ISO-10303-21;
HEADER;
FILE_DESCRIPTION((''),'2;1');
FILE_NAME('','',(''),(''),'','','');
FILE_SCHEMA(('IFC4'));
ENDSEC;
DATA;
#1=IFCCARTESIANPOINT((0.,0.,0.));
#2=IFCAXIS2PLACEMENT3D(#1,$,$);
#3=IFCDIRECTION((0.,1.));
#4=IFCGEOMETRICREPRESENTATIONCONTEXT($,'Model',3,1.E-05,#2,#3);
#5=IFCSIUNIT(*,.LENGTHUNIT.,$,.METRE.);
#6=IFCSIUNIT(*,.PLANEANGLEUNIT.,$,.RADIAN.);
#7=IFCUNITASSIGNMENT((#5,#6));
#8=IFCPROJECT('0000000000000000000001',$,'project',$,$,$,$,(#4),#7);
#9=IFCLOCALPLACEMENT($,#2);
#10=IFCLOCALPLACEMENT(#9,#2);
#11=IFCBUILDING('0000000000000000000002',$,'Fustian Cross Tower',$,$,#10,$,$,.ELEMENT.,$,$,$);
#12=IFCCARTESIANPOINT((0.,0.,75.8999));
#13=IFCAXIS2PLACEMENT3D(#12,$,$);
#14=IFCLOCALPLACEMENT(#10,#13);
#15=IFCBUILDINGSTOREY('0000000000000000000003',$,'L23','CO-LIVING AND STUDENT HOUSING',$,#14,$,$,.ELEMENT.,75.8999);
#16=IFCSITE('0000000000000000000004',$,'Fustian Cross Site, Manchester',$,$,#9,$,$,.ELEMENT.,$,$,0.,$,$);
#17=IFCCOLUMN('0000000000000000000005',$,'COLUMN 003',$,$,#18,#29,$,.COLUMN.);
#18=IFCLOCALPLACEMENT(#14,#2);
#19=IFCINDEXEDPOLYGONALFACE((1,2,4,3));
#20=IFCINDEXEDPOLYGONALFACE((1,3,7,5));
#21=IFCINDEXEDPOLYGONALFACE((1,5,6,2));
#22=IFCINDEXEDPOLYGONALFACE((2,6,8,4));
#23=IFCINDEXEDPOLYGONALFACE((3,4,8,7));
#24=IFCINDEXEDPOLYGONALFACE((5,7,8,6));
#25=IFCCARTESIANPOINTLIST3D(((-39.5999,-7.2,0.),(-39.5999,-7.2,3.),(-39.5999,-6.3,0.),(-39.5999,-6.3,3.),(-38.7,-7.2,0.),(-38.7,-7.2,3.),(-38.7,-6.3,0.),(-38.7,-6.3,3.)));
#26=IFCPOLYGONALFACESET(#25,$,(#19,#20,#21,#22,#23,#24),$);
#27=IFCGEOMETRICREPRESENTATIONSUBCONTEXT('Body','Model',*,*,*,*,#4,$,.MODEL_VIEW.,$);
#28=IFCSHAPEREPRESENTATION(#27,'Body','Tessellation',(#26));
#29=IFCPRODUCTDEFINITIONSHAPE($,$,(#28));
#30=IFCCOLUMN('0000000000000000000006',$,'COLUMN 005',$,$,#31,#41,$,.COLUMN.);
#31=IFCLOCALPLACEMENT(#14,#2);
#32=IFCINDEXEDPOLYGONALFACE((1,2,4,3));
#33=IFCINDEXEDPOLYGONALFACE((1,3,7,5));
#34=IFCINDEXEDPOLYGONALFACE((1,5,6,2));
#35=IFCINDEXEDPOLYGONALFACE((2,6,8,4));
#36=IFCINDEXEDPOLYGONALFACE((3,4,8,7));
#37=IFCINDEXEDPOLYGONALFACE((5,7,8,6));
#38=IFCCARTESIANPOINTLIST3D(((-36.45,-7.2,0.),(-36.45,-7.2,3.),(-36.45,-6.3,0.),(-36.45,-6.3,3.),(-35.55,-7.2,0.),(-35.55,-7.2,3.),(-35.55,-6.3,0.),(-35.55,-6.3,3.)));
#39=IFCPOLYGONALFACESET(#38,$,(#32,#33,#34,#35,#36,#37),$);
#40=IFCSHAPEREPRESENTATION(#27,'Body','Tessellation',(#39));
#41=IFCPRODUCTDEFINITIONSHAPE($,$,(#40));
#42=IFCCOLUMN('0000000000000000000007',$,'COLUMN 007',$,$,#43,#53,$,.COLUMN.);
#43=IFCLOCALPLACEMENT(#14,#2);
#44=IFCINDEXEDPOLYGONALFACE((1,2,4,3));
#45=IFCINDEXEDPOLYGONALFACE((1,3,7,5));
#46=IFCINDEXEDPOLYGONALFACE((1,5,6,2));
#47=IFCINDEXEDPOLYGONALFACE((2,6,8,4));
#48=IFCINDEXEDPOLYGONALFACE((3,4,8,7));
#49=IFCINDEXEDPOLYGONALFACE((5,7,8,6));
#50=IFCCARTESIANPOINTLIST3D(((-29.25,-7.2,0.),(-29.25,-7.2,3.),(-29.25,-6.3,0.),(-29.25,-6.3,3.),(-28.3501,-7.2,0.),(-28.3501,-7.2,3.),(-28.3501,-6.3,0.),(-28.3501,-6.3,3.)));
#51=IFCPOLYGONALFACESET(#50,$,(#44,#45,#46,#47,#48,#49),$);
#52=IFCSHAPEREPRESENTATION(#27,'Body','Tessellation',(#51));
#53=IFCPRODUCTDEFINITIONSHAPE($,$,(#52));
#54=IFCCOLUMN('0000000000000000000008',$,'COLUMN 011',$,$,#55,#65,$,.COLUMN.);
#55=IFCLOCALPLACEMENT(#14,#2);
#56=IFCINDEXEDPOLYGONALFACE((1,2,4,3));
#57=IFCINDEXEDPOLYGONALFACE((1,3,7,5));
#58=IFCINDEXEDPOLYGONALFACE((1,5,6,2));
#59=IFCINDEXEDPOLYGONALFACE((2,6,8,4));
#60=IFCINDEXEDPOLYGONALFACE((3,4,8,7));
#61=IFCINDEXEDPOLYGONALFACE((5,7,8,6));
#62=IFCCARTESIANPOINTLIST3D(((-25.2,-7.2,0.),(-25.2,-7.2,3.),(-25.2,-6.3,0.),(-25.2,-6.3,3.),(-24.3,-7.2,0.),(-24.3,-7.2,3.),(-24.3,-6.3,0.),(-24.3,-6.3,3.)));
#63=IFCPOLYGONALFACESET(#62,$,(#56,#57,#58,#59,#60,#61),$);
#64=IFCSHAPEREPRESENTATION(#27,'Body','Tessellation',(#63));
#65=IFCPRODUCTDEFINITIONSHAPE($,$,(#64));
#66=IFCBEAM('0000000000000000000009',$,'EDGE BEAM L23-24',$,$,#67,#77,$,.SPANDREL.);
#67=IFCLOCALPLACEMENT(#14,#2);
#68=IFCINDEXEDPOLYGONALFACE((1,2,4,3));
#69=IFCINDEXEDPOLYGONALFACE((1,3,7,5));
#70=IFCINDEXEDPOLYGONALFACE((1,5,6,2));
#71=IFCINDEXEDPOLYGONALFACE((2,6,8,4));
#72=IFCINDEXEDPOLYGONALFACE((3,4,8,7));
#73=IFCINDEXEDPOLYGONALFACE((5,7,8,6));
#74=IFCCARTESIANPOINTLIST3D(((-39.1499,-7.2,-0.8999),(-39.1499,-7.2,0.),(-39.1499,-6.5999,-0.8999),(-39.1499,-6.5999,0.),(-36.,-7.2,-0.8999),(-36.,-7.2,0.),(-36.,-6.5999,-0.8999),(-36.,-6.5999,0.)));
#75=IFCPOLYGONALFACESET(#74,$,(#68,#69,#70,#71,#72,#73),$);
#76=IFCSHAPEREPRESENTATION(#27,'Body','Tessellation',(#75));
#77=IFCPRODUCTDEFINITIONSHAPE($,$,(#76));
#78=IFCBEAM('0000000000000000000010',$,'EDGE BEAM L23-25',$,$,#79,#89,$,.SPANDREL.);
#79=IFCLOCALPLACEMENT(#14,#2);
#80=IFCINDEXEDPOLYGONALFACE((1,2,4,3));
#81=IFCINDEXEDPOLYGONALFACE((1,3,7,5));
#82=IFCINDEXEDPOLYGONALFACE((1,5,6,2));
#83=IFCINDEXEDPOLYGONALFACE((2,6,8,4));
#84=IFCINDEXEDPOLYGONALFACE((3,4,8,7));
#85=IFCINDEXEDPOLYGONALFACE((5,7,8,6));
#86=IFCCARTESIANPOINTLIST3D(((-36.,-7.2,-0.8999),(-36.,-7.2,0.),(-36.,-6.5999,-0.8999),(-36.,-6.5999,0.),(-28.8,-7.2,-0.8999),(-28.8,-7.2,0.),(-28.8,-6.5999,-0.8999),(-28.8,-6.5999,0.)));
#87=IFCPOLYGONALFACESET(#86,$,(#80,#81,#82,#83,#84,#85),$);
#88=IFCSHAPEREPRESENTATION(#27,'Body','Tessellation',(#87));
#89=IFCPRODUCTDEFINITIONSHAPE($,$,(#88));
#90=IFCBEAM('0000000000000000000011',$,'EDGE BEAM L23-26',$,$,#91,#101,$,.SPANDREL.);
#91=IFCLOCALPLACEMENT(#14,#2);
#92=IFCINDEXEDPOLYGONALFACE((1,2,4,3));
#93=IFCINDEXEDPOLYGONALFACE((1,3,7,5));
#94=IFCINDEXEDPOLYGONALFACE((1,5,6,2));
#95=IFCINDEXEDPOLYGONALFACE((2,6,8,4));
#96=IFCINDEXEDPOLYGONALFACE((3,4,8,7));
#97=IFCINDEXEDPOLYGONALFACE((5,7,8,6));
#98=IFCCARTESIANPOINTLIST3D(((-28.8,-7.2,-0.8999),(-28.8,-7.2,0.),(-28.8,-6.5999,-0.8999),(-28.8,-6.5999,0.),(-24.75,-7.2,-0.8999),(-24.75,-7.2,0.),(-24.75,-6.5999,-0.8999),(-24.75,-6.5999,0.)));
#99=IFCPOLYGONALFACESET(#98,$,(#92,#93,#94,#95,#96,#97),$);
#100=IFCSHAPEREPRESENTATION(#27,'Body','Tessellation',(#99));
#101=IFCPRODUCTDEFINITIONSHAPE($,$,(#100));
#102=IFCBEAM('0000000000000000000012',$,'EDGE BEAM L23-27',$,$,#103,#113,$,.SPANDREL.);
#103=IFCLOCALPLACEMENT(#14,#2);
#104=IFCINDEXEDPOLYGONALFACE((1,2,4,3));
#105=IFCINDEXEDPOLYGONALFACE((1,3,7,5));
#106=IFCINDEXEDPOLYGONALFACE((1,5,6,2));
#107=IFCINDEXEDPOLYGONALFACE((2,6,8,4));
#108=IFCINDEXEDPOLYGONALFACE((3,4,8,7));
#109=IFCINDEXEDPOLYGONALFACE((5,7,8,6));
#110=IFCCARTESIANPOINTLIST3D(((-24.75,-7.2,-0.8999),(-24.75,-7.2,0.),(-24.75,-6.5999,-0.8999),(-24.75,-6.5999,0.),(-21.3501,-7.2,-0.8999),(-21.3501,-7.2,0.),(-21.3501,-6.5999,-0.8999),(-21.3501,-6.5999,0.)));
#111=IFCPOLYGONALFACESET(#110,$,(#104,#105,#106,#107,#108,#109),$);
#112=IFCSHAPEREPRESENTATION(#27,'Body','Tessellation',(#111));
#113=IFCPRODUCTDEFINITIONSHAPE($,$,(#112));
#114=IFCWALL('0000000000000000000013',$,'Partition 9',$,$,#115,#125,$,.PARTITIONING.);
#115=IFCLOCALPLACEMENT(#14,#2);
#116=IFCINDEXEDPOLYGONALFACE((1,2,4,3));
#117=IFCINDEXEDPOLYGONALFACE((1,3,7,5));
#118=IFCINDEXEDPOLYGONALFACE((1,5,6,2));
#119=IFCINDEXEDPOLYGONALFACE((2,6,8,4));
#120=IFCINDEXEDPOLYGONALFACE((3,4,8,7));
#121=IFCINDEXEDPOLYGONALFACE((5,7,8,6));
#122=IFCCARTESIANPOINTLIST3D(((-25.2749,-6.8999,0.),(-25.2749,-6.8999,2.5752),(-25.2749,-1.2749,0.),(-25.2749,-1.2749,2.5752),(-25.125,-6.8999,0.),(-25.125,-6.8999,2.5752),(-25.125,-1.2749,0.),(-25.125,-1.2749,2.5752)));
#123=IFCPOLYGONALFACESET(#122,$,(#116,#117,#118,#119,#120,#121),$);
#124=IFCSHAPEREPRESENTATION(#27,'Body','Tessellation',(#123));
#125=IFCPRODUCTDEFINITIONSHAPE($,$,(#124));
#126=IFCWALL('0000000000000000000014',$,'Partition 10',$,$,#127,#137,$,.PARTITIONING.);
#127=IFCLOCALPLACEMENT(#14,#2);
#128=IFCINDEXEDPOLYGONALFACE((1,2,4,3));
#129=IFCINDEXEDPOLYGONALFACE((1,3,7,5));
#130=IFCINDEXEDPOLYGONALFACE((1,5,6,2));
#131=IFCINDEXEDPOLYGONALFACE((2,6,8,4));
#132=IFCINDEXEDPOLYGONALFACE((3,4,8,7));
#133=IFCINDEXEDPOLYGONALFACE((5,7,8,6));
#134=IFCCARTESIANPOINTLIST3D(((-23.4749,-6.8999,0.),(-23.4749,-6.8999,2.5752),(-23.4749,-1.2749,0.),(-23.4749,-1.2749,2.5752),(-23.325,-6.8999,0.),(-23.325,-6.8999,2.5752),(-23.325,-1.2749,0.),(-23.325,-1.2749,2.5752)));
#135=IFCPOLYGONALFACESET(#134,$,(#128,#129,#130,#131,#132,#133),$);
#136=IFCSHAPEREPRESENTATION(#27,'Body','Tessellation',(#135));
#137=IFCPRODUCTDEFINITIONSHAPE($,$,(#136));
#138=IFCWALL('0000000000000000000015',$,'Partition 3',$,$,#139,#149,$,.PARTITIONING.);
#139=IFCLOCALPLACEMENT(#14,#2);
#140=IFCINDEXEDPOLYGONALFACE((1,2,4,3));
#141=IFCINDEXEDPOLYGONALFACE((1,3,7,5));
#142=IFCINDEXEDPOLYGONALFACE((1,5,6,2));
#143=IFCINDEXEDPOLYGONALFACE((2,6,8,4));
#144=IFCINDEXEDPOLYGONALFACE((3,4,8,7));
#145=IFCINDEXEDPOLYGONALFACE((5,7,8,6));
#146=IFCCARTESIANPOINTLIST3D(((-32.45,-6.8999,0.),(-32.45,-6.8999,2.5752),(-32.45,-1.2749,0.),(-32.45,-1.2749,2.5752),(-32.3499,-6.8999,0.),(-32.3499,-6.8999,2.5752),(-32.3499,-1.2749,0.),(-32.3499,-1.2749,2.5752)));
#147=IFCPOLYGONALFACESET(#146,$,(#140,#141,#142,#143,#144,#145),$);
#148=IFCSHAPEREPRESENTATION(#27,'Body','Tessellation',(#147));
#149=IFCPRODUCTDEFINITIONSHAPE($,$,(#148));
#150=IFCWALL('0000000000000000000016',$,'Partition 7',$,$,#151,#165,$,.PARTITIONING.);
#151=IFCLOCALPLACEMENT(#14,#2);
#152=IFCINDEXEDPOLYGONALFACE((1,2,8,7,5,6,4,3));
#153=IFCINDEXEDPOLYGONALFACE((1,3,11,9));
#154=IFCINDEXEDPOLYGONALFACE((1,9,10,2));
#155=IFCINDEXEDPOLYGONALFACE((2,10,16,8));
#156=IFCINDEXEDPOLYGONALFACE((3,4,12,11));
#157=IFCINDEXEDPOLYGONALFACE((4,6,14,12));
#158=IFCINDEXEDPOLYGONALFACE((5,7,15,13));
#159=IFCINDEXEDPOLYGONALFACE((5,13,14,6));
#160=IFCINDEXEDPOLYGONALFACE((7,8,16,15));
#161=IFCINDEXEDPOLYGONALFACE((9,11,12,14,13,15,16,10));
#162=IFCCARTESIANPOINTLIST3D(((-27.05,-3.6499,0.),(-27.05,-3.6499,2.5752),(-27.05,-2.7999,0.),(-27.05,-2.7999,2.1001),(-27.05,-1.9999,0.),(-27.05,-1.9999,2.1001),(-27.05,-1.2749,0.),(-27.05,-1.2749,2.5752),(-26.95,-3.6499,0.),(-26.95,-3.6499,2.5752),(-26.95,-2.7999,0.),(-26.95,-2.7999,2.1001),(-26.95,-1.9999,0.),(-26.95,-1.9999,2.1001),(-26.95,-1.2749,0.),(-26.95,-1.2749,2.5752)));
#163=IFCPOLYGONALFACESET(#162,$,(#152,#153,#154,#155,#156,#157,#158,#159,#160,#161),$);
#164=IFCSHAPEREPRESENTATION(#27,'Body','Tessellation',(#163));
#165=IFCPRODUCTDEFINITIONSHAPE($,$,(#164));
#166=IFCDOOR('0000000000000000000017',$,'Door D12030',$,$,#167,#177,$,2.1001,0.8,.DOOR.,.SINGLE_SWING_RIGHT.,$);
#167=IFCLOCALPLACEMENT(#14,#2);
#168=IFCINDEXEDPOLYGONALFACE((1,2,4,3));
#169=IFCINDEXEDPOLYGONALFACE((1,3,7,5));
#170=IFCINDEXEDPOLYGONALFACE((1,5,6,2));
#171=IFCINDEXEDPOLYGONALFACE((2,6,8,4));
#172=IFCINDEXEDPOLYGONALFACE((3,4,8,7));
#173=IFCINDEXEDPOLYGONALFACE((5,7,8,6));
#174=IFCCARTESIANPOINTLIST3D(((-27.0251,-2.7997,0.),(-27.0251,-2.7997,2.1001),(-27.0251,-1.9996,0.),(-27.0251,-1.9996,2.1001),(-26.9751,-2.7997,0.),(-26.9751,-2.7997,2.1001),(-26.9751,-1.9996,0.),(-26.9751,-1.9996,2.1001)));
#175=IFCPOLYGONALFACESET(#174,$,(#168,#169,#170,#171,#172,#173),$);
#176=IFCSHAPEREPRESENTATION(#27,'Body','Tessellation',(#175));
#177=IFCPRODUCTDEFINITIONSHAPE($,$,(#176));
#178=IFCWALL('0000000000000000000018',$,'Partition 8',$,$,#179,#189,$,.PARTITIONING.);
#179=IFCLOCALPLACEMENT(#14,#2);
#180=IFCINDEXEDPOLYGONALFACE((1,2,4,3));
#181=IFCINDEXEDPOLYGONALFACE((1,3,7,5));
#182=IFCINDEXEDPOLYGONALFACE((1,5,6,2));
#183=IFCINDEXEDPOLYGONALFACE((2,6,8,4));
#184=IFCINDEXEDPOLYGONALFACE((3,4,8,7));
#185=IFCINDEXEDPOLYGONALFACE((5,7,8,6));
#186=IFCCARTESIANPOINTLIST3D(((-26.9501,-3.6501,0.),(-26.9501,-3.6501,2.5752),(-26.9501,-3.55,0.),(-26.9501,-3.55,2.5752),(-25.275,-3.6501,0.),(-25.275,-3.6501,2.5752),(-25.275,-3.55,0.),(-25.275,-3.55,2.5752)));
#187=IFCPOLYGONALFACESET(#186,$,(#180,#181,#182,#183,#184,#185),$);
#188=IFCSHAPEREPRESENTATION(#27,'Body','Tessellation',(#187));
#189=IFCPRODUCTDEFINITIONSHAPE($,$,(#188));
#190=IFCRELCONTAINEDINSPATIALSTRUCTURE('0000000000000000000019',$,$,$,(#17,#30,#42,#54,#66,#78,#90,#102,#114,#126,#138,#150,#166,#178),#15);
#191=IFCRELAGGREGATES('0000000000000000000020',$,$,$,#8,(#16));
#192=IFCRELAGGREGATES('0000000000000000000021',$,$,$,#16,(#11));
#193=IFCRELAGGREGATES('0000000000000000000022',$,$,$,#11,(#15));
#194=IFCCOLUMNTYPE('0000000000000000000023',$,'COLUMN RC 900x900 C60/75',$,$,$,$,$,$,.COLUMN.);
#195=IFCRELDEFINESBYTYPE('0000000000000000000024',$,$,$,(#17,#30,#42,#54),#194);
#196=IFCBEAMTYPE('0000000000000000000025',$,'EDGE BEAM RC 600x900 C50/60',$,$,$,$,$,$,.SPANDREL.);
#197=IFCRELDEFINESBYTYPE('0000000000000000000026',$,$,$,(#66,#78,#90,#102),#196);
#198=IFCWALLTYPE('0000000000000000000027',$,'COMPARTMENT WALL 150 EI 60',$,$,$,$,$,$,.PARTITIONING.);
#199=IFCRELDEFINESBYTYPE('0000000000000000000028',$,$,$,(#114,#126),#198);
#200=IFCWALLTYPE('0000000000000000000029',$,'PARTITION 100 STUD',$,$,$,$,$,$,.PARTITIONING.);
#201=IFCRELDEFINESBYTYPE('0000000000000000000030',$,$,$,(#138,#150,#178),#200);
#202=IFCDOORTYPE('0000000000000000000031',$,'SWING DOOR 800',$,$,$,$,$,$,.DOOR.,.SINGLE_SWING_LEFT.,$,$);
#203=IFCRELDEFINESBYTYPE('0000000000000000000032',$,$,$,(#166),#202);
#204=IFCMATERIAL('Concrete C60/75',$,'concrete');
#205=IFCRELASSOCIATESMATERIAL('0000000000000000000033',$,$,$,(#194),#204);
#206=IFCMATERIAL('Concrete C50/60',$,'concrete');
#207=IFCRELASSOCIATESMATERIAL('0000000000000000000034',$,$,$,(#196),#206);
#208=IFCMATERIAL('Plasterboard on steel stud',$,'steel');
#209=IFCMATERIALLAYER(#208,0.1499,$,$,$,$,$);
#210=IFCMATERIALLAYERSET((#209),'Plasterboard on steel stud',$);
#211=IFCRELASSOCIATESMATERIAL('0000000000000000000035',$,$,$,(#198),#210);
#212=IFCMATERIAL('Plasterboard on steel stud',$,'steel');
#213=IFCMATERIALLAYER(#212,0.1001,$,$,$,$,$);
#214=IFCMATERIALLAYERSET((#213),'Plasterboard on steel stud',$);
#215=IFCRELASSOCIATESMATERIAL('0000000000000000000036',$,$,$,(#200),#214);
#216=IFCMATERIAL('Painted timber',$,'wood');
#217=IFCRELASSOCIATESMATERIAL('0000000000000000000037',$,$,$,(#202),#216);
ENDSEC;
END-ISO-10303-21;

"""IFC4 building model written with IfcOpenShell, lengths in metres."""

from ifc_helpers import new_model, si_unit, direction, frame, frame_2d, origin, origin_2d, place, context, subcontext, project, spatial, rectangle, extrude, material, layer, layer_set, material_profile, profile_set, type_object, element, fill, save


model = new_model("IFC4")

# Units and contexts
model_context = context("Model", 3, precision=1e-05, world=origin(), true_north=direction((0.0, 1.0)))
body_context = subcontext(model_context, "Body", "Model", "MODEL_VIEW")
ifc_project = project(units=[si_unit("LENGTHUNIT", "METRE"), si_unit("PLANEANGLEUNIT", "RADIAN")], contexts=[model_context])

# Site, building, storey
site_placement = place(None, origin())
site = spatial("IfcSite", under=ifc_project, at=site_placement, Name="Fustian Cross Site, Manchester", CompositionType="ELEMENT", RefElevation=0.0)
building_placement = place(site_placement, origin())
building = spatial("IfcBuilding", under=site, at=building_placement, Name="Fustian Cross Tower", CompositionType="ELEMENT")
storey_placement = place(building_placement, frame((0.0, 0.0, 75.8999)))
storey = spatial("IfcBuildingStorey", under=building, at=storey_placement, Name="L23", Description="CO-LIVING AND STUDENT HOUSING", CompositionType="ELEMENT", Elevation=75.8999)

# Columns
ifc_material_1 = material(Name="Concrete C60/75", Category="concrete")
ifc_material_profile_1 = material_profile(ifc_material_1, rectangle(XDim=0.8999, YDim=0.8999, at=origin_2d()), Name="RC 900x900")
ifc_profile_set_1 = profile_set([ifc_material_profile_1], Name="Concrete C60/75")
column_type = type_object("IfcColumnType", Name="COLUMN RC 900x900 C60/75", PredefinedType="COLUMN", material=ifc_profile_set_1)
for number, where, z_axis, x_axis, name in (
    (1, (-39.1499, -6.75, 0.0), (0.0, 0.0, 1.0), (1.0, 0.0, 0.0), "COLUMN 003"),
    (2, (-36.0, -6.75, 0.0), (0.0, 0.0, 1.0), (1.0, 0.0, 0.0), "COLUMN 005"),
    (3, (-28.8, -6.75, 0.0), (0.0, 0.0, 1.0), (1.0, 0.0, 0.0), "COLUMN 007"),
    (4, (-24.75, -6.75, 0.0), (0.0, 0.0, 1.0), (1.0, 0.0, 0.0), "COLUMN 011"),
):
    element("IfcColumn", number, at=place(storey_placement, frame(where, z_axis=z_axis, x_axis=x_axis)), inside=storey, type_object=column_type, Name=name, PredefinedType="COLUMN", context=body_context, shape_type="SweptSolid", body=[
        extrude(rectangle(XDim=0.8999, YDim=0.8999, at=origin_2d()), origin(), (0.0, 0.0, 1.0), 3.0),
    ])

# Beams
ifc_material_2 = material(Name="Concrete C50/60", Category="concrete")
ifc_material_profile_2 = material_profile(ifc_material_2, rectangle(XDim=0.6001, YDim=0.8999, at=origin_2d()), Name="RC 600x900")
ifc_profile_set_2 = profile_set([ifc_material_profile_2], Name="Concrete C50/60")
beam_type = type_object("IfcBeamType", Name="EDGE BEAM RC 600x900 C50/60", PredefinedType="SPANDREL", material=ifc_profile_set_2)
beam_1_placement = place(storey_placement, frame((-39.1499, -6.8999, -0.45), z_axis=(1.0, 0.0, 0.0), x_axis=(0.0, 1.0, 0.0)))
element("IfcBeam", 5, at=beam_1_placement, inside=storey, type_object=beam_type, Name="EDGE BEAM L23-24", PredefinedType="SPANDREL", context=body_context, shape_type="SweptSolid", body=[
    extrude(rectangle(XDim=0.6001, YDim=0.8999, at=origin_2d()), origin(), (0.0, 0.0, 1.0), 3.1499),
])
beam_2_placement = place(storey_placement, frame((-36.0, -6.8999, -0.45), z_axis=(1.0, 0.0, 0.0), x_axis=(0.0, 1.0, 0.0)))
element("IfcBeam", 6, at=beam_2_placement, inside=storey, type_object=beam_type, Name="EDGE BEAM L23-25", PredefinedType="SPANDREL", context=body_context, shape_type="SweptSolid", body=[
    extrude(rectangle(XDim=0.6001, YDim=0.8999, at=origin_2d()), origin(), (0.0, 0.0, 1.0), 7.2),
])
beam_3_placement = place(storey_placement, frame((-28.8, -6.8999, -0.45), z_axis=(1.0, 0.0, 0.0), x_axis=(0.0, 1.0, 0.0)))
element("IfcBeam", 7, at=beam_3_placement, inside=storey, type_object=beam_type, Name="EDGE BEAM L23-26", PredefinedType="SPANDREL", context=body_context, shape_type="SweptSolid", body=[
    extrude(rectangle(XDim=0.6001, YDim=0.8999, at=origin_2d()), origin(), (0.0, 0.0, 1.0), 4.05),
])
beam_4_placement = place(storey_placement, frame((-24.75, -6.8999, -0.45), z_axis=(1.0, 0.0, 0.0), x_axis=(0.0, 1.0, 0.0)))
element("IfcBeam", 8, at=beam_4_placement, inside=storey, type_object=beam_type, Name="EDGE BEAM L23-27", PredefinedType="SPANDREL", context=body_context, shape_type="SweptSolid", body=[
    extrude(rectangle(XDim=0.6001, YDim=0.8999, at=origin_2d()), origin(), (0.0, 0.0, 1.0), 3.3999),
])

# Walls
ifc_material_3 = material(Name="Plasterboard on steel stud", Category="steel")
ifc_layer_1 = layer(ifc_material_3, 0.1499)
ifc_layer_set_1 = layer_set([ifc_layer_1], Name="Plasterboard on steel stud")
wall_type_1 = type_object("IfcWallType", Name="COMPARTMENT WALL 150 EI 60", PredefinedType="PARTITIONING", material=ifc_layer_set_1)
for number, where, z_axis, x_axis, name in (
    (9, (-25.2, -6.8999, 0.0), (0.0, 0.0, 1.0), (0.0, 1.0, 0.0), "Partition 9"),
    (10, (-23.3999, -6.8999, 0.0), (0.0, 0.0, 1.0), (0.0, 1.0, 0.0), "Partition 10"),
):
    element("IfcWall", number, at=place(storey_placement, frame(where, z_axis=z_axis, x_axis=x_axis)), inside=storey, type_object=wall_type_1, Name=name, PredefinedType="PARTITIONING", context=body_context, shape_type="SweptSolid", body=[
        extrude(rectangle(XDim=5.625, YDim=0.1499, at=frame_2d((2.8125, 0.0))), origin(), (0.0, 0.0, 1.0), 2.5752),
    ])
ifc_material_4 = material(Name="Plasterboard on steel stud", Category="steel")
ifc_layer_2 = layer(ifc_material_4, 0.1001)
ifc_layer_set_2 = layer_set([ifc_layer_2], Name="Plasterboard on steel stud")
wall_type_2 = type_object("IfcWallType", Name="PARTITION 100 STUD", PredefinedType="PARTITIONING", material=ifc_layer_set_2)
wall_1_placement = place(storey_placement, frame((-32.3999, -6.8999, 0.0), z_axis=(0.0, 0.0, 1.0), x_axis=(0.0, 1.0, 0.0)))
element("IfcWall", 11, at=wall_1_placement, inside=storey, type_object=wall_type_2, Name="Partition 3", PredefinedType="PARTITIONING", context=body_context, shape_type="SweptSolid", body=[
    extrude(rectangle(XDim=5.625, YDim=0.1001, at=frame_2d((2.8125, 0.0))), origin(), (0.0, 0.0, 1.0), 2.5752),
])

# Wall, opening, door
wall_2_placement = place(storey_placement, frame((-27.0, -3.6499, 0.0), z_axis=(0.0, 0.0, 1.0), x_axis=(0.0, 1.0, 0.0)))
wall_2 = element("IfcWall", 12, at=wall_2_placement, inside=storey, type_object=wall_type_2, Name="Partition 7", PredefinedType="PARTITIONING", context=body_context, shape_type="SweptSolid", body=[
    extrude(rectangle(XDim=2.375, YDim=0.1001, at=frame_2d((1.1875, 0.0))), origin(), (0.0, 0.0, 1.0), 2.5752),
])
opening_1_placement = place(wall_2_placement, frame((0.8501, 0.0, 0.0)))
opening_1 = element("IfcOpeningElement", 13, at=opening_1_placement, cuts=wall_2, PredefinedType="OPENING", context=body_context, shape_type="SweptSolid", body=[
    extrude(rectangle(XDim=0.8, YDim=2.1001, at=frame_2d((0.3999, 1.05))), frame((0.0, 0.0601, 0.0), z_axis=(0.0, -1.0, 0.0), x_axis=(1.0, 0.0, 0.0)), (0.0, 0.0, 1.0), 0.1201),
])
ifc_material_5 = material(Name="Painted timber", Category="wood")
door_type = type_object("IfcDoorType", Name="SWING DOOR 800", OperationType="SINGLE_SWING_LEFT", PredefinedType="DOOR", material=ifc_material_5)
door_placement = place(opening_1_placement, frame((0.8, 0.0, 0.0), z_axis=(0.0, 0.0, 1.0), x_axis=(-1.0, 0.0, 0.0)))
door = element("IfcDoor", 14, at=door_placement, inside=storey, type_object=door_type, Name="Door D12030", OperationType="SINGLE_SWING_RIGHT", OverallHeight=2.1001, OverallWidth=0.8, PredefinedType="DOOR", context=body_context, shape_type="SweptSolid", body=[
    extrude(rectangle(XDim=0.8, YDim=2.1001, at=frame_2d((0.3999, 1.05))), frame((0.0, 0.0249, 0.0), z_axis=(0.0, -1.0, 0.0), x_axis=(1.0, 0.0, 0.0)), (0.0, 0.0, 1.0), 0.05),
])
fill(opening_1, door)

# Wall
wall_3_placement = place(storey_placement, frame((-26.95, -3.6001, 0.0), z_axis=(0.0, 0.0, 1.0), x_axis=(1.0, 0.0, 0.0)))
element("IfcWall", 15, at=wall_3_placement, inside=storey, type_object=wall_type_2, Name="Partition 8", PredefinedType="PARTITIONING", context=body_context, shape_type="SweptSolid", body=[
    extrude(rectangle(XDim=1.675, YDim=0.1001, at=frame_2d((0.8374, 0.0))), origin(), (0.0, 0.0, 1.0), 2.5752),
])

save(model, "model.ifc")
